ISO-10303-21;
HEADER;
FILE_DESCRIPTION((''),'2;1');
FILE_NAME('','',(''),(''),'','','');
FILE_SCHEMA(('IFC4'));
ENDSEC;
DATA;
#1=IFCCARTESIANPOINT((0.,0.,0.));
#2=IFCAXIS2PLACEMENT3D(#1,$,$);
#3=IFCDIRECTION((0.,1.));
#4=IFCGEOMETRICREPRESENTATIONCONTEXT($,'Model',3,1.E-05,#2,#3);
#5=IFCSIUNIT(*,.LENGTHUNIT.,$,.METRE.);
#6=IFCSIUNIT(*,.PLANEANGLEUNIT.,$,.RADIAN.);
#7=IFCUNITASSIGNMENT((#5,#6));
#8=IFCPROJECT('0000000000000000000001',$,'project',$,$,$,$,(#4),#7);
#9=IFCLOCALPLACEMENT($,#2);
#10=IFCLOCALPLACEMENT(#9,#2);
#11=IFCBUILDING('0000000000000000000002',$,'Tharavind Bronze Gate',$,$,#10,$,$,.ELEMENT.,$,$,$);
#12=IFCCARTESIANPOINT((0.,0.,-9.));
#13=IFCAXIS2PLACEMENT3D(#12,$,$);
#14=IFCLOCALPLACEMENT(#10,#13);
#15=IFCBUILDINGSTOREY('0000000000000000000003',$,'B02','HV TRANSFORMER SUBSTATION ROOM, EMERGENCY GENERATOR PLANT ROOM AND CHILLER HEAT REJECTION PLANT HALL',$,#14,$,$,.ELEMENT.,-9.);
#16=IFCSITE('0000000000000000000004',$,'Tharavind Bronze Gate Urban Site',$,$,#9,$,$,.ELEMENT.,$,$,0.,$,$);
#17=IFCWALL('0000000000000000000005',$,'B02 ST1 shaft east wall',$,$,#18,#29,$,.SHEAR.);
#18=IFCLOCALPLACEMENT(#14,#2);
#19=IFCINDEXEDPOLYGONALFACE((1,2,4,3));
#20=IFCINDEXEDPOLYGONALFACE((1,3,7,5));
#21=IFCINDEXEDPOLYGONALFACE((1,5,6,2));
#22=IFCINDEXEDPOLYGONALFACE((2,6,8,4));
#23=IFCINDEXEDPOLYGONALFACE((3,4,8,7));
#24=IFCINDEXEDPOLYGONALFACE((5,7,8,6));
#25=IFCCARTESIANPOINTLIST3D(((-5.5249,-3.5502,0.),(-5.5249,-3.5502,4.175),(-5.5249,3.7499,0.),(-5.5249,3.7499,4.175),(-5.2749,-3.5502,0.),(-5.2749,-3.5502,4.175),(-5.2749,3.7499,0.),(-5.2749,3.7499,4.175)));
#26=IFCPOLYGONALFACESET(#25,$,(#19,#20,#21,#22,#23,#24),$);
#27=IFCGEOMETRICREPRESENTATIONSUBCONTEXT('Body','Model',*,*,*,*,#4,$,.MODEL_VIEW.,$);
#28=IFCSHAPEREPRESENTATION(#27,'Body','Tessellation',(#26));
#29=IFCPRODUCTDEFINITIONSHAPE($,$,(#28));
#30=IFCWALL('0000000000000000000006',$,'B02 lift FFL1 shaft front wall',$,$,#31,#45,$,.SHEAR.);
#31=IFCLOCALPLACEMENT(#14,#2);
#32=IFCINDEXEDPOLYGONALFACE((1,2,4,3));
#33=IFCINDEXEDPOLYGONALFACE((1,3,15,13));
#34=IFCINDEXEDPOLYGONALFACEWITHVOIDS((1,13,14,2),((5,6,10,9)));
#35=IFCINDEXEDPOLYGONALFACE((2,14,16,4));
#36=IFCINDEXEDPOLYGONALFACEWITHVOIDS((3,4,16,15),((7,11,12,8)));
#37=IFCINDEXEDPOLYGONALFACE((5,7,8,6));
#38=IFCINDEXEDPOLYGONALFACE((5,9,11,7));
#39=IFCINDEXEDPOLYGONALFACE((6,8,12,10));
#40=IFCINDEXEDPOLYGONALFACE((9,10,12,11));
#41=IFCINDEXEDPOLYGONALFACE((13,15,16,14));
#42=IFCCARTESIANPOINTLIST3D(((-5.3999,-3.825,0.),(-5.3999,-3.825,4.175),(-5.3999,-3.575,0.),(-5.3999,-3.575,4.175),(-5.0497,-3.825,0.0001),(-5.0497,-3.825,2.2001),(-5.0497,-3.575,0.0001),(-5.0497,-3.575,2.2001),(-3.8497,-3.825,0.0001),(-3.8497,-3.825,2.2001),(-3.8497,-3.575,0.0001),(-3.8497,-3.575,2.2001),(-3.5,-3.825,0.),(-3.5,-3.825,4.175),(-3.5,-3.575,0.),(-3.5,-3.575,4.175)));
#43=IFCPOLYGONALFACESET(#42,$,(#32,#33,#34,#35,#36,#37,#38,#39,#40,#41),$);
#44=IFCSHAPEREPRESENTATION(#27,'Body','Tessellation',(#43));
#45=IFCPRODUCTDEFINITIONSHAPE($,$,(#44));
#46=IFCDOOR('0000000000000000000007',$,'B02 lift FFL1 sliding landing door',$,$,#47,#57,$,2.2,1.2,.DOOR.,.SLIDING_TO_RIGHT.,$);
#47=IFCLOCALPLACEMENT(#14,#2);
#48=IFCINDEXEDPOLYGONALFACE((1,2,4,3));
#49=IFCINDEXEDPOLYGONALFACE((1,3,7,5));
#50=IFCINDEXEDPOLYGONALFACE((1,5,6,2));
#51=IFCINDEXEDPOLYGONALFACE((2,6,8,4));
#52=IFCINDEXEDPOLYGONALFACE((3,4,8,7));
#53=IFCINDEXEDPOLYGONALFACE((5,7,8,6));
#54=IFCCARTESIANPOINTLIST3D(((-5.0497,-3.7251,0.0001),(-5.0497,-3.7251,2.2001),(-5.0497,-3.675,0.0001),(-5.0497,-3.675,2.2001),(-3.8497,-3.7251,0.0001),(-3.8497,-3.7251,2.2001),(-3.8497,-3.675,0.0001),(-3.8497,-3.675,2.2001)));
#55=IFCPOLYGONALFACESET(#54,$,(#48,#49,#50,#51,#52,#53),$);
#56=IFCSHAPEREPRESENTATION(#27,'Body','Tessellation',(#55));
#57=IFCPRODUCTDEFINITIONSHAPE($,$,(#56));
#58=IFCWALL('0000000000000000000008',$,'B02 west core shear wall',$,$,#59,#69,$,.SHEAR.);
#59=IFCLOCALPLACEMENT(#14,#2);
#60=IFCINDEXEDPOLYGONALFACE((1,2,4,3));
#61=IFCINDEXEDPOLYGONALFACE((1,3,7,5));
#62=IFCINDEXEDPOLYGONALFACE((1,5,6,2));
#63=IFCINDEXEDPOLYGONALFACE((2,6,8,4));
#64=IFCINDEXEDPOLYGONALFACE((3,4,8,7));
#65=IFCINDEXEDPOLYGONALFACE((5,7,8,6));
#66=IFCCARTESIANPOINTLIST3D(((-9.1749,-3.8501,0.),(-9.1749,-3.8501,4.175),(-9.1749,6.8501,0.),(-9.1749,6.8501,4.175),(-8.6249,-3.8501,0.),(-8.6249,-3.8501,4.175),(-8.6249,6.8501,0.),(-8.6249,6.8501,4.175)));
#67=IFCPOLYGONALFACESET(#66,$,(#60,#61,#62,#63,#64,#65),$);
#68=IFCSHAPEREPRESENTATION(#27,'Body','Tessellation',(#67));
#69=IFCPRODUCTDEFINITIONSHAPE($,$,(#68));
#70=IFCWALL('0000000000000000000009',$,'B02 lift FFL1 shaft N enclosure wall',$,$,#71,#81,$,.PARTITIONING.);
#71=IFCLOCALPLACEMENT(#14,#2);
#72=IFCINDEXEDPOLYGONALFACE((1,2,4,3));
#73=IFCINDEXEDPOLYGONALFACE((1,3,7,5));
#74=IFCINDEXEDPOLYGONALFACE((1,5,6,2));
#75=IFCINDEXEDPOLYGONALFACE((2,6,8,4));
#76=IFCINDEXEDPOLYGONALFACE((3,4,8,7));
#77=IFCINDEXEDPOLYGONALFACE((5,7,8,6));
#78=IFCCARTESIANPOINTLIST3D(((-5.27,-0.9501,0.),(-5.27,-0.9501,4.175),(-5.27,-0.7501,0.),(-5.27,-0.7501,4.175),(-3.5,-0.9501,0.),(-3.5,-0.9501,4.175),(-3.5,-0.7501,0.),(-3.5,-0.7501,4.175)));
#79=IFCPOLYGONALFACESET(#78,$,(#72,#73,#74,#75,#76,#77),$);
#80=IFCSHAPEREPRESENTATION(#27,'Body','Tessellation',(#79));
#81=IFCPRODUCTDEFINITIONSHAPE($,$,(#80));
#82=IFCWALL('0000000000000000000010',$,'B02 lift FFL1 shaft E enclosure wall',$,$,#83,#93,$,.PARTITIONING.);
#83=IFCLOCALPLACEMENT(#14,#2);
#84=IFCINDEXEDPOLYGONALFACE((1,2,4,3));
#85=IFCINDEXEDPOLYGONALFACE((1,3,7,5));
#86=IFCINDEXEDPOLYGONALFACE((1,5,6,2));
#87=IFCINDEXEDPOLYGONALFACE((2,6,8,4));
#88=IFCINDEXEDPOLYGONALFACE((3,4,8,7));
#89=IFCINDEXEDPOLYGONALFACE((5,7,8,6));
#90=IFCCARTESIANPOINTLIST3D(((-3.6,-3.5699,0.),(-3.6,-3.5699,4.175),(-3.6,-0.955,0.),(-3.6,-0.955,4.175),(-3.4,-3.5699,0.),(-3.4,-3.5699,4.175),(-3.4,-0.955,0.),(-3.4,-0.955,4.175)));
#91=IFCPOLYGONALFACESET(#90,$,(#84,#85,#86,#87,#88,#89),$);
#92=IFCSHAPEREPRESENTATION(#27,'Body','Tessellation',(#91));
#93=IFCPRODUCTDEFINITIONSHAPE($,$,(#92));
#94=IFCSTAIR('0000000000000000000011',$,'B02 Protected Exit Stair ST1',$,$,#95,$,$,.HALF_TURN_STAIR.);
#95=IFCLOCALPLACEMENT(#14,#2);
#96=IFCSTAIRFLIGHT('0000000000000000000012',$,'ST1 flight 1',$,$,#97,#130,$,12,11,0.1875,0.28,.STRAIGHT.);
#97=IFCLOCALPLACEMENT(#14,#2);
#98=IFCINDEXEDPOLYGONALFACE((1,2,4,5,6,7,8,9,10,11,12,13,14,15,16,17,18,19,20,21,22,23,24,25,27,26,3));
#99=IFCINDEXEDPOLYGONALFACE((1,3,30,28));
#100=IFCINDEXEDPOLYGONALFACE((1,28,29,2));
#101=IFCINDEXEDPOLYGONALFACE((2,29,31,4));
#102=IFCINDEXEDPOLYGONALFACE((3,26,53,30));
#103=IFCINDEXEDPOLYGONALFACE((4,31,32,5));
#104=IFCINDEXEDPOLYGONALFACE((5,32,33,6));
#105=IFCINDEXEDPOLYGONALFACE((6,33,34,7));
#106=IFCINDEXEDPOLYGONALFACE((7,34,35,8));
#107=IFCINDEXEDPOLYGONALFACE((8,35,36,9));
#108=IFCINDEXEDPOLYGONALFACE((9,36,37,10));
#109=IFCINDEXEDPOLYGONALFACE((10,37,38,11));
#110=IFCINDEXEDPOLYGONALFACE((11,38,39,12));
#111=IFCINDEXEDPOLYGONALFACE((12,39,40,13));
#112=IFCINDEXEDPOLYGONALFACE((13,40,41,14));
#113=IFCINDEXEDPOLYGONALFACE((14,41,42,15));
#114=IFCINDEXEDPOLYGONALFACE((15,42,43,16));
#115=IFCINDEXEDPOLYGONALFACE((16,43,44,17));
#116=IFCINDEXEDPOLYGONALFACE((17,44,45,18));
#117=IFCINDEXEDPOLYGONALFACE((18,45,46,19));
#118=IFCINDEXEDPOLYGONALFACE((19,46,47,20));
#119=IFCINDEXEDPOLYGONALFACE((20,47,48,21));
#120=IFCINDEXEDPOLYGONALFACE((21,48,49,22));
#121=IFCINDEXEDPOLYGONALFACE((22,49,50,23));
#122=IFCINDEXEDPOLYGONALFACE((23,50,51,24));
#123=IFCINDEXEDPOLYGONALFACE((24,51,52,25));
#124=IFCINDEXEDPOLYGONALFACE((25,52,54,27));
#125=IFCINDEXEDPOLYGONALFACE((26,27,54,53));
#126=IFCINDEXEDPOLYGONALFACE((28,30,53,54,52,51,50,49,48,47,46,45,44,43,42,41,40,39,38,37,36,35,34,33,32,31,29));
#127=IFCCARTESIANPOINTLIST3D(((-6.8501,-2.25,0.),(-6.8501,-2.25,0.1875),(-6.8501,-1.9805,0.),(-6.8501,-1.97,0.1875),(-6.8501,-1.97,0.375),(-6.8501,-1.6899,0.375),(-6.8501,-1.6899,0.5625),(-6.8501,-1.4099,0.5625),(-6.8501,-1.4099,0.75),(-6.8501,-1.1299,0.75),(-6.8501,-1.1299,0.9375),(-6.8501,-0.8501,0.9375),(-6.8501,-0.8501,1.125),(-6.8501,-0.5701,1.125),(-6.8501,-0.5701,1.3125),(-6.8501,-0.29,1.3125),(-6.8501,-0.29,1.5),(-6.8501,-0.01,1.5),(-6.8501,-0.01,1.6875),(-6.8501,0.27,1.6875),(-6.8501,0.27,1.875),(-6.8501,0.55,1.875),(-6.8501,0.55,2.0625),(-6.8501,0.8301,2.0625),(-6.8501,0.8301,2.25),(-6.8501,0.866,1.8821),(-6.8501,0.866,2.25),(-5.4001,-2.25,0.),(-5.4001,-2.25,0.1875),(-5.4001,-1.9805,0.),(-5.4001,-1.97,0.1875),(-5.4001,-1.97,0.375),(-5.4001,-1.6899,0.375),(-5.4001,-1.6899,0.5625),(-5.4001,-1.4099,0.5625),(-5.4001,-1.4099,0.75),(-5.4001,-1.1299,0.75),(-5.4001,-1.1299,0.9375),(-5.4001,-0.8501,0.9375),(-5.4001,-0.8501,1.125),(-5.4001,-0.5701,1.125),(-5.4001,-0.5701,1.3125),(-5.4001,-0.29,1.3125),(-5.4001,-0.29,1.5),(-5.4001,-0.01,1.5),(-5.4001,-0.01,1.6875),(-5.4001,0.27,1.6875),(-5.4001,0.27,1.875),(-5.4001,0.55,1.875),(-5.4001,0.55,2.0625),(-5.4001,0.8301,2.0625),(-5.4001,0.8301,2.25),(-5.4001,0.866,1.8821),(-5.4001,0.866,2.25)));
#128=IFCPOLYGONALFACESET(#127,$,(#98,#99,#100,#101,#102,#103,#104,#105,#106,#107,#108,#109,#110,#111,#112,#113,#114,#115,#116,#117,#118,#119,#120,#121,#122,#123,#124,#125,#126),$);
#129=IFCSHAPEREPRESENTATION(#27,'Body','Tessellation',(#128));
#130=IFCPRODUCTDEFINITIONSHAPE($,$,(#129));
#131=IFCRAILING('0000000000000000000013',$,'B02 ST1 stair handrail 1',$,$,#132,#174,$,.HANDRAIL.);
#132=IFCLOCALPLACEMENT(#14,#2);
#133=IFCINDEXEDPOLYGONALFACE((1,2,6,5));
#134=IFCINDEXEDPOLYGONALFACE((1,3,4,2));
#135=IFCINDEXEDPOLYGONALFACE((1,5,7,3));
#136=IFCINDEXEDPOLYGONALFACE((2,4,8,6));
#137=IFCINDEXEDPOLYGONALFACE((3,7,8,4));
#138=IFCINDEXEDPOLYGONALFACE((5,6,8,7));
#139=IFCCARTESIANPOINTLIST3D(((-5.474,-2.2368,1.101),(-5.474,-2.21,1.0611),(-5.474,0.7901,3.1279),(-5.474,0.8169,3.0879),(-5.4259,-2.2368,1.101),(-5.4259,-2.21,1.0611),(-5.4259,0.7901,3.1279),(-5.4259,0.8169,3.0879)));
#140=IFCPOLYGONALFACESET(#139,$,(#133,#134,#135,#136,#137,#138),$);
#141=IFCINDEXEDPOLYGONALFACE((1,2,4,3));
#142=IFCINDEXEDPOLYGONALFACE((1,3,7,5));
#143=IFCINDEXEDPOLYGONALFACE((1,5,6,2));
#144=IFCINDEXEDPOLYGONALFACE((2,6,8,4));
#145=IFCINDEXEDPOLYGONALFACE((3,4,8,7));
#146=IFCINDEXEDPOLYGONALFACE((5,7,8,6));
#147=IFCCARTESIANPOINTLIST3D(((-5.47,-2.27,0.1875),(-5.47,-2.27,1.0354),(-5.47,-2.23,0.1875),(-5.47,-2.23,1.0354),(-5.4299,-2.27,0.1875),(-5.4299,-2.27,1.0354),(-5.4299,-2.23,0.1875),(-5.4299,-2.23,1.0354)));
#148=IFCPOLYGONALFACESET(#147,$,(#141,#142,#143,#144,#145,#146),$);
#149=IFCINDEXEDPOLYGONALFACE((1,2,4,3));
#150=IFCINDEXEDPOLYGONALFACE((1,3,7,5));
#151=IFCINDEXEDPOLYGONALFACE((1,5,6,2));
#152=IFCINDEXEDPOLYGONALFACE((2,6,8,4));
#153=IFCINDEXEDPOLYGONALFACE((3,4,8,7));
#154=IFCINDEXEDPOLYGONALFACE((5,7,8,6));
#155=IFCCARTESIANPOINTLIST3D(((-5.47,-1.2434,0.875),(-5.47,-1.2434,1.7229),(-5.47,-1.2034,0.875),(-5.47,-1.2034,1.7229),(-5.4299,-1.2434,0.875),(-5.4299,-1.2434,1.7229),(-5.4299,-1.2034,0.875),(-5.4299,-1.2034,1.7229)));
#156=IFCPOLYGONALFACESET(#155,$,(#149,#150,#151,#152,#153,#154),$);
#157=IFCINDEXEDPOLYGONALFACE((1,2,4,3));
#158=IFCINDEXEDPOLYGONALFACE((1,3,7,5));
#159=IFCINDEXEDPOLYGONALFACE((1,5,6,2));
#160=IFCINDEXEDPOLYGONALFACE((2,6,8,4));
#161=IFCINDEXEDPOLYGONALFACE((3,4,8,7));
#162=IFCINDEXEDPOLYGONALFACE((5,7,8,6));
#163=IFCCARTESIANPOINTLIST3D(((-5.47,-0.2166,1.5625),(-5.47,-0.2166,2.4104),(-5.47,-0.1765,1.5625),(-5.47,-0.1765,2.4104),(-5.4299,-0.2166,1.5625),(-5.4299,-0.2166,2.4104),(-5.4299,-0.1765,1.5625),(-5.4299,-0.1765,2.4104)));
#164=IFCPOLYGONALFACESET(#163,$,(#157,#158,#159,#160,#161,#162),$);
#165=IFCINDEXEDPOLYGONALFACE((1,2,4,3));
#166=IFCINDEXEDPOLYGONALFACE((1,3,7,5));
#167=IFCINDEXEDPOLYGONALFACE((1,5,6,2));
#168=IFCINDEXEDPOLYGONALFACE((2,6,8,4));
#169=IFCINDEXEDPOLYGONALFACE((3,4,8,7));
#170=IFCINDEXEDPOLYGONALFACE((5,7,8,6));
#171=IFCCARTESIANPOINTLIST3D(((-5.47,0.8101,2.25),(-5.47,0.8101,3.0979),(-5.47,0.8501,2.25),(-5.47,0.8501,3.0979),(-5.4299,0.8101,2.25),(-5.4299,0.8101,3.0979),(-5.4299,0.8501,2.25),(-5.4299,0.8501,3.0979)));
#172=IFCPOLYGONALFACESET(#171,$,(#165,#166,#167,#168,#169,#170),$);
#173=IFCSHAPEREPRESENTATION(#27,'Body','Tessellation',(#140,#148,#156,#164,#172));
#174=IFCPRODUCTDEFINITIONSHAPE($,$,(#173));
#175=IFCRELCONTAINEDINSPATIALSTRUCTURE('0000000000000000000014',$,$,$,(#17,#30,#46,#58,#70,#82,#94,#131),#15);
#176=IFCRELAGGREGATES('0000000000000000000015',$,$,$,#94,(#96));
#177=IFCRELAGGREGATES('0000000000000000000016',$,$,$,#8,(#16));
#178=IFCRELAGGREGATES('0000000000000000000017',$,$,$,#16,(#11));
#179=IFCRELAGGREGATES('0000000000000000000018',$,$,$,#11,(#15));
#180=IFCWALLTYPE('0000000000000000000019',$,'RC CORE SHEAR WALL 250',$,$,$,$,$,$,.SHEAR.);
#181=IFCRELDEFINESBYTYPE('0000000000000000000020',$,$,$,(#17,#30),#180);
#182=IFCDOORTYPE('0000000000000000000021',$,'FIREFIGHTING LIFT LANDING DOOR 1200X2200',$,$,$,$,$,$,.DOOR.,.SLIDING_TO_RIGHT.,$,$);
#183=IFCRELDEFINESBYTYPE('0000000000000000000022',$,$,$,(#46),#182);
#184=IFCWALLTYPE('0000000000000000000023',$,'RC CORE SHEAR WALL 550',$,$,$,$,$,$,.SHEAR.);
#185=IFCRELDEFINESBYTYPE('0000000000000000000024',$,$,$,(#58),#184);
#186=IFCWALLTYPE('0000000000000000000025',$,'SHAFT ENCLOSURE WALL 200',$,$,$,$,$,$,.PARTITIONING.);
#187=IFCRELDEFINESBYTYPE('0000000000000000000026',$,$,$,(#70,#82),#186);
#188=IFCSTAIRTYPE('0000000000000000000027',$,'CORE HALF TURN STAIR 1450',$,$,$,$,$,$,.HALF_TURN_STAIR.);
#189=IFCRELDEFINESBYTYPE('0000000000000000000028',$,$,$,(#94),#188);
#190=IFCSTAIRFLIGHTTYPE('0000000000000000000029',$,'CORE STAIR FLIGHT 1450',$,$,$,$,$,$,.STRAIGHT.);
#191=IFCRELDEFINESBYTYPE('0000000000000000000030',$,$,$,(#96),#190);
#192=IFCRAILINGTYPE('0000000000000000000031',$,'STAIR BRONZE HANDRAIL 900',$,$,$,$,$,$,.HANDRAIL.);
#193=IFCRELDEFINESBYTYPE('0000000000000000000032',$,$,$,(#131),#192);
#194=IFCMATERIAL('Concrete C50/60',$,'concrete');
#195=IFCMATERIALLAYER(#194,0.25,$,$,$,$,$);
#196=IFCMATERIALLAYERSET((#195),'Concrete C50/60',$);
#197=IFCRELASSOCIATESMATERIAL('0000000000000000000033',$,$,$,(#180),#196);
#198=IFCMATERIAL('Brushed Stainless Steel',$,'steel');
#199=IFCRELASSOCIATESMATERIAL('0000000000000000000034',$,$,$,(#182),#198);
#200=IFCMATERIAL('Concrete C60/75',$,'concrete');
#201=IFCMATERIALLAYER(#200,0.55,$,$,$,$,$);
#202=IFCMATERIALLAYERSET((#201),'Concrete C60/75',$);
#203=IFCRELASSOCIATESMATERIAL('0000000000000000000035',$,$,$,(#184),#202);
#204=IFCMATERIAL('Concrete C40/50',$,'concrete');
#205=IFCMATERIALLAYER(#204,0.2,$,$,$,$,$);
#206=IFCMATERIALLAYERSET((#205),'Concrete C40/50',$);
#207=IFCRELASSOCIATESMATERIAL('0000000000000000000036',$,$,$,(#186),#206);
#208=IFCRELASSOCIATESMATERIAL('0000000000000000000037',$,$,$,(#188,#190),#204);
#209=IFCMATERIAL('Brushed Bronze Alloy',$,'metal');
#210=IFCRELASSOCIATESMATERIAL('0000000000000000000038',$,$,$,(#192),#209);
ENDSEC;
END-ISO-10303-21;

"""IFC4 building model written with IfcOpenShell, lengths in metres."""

from ifc_helpers import new_model, si_unit, direction, frame, frame_2d, origin, origin_2d, place, context, subcontext, project, spatial, polyline, rectangle, outline, extrude, material, layer, layer_set, type_object, element, fill, aggregate, save


model = new_model("IFC4")

# Units and contexts
model_context = context("Model", 3, precision=1e-05, world=origin(), true_north=direction((0.0, 1.0)))
body_context = subcontext(model_context, "Body", "Model", "MODEL_VIEW")
ifc_project = project(units=[si_unit("LENGTHUNIT", "METRE"), si_unit("PLANEANGLEUNIT", "RADIAN")], contexts=[model_context])

# Site, building, storey
site_placement = place(None, origin())
site = spatial("IfcSite", under=ifc_project, at=site_placement, Name="Tharavind Bronze Gate Urban Site", CompositionType="ELEMENT", RefElevation=0.0)
building_placement = place(site_placement, origin())
building = spatial("IfcBuilding", under=site, at=building_placement, Name="Tharavind Bronze Gate", CompositionType="ELEMENT")
storey_placement = place(building_placement, frame((0.0, 0.0, -9.0)))
storey = spatial("IfcBuildingStorey", under=building, at=storey_placement, Name="B02", Description="HV TRANSFORMER SUBSTATION ROOM, EMERGENCY GENERATOR PLANT ROOM AND CHILLER HEAT REJECTION PLANT HALL", CompositionType="ELEMENT", Elevation=-9.0)

# Shared definitions
ifc_material_1 = material(Name="Concrete C50/60", Category="concrete")

# Shared definitions
ifc_material_2 = material(Name="Concrete C60/75", Category="concrete")

# Wall
ifc_layer_1 = layer(ifc_material_1, 0.25)
ifc_layer_set_1 = layer_set([ifc_layer_1], Name="Concrete C50/60")
wall_type_1 = type_object("IfcWallType", Name="RC CORE SHEAR WALL 250", PredefinedType="SHEAR", material=ifc_layer_set_1)
wall_1_placement = place(storey_placement, frame((-5.3999, -3.55, 0.0), z_axis=(0.0, 0.0, 1.0), x_axis=(0.0, 1.0, 0.0)))
element("IfcWall", 1, at=wall_1_placement, inside=storey, type_object=wall_type_1, Name="B02 ST1 shaft east wall", PredefinedType="SHEAR", context=body_context, shape_type="SweptSolid", body=[
    extrude(rectangle(XDim=7.3, YDim=0.25, at=frame_2d((3.6499, 0.0))), origin(), (0.0, 0.0, 1.0), 4.175),
])

# Wall, opening, door
wall_2_placement = place(storey_placement, frame((-5.3999, -3.7, 0.0), z_axis=(0.0, 0.0, 1.0), x_axis=(1.0, 0.0, 0.0)))
wall_2 = element("IfcWall", 2, at=wall_2_placement, inside=storey, type_object=wall_type_1, Name="B02 lift FFL1 shaft front wall", PredefinedType="SHEAR", context=body_context, shape_type="SweptSolid", body=[
    extrude(rectangle(XDim=1.8999, YDim=0.25, at=frame_2d((0.95, 0.0))), origin(), (0.0, 0.0, 1.0), 4.175),
])
opening_1_placement = place(wall_2_placement, frame((0.3501, 0.0, 0.0)))
opening_1 = element("IfcOpeningElement", 3, at=opening_1_placement, cuts=wall_2, PredefinedType="OPENING", context=body_context, shape_type="SweptSolid", body=[
    extrude(rectangle(XDim=1.2, YDim=2.2, at=frame_2d((0.6001, 1.1001))), frame((0.0, 0.135, 0.0), z_axis=(0.0, -1.0, 0.0), x_axis=(1.0, 0.0, 0.0)), (0.0, 0.0, 1.0), 0.27),
])
ifc_material_3 = material(Name="Brushed Stainless Steel", Category="steel")
door_type_1 = type_object("IfcDoorType", Name="FIREFIGHTING LIFT LANDING DOOR 1200X2200", OperationType="SLIDING_TO_RIGHT", PredefinedType="DOOR", material=ifc_material_3)
door_1_placement = place(opening_1_placement, origin())
door_1 = element("IfcDoor", 4, at=door_1_placement, inside=storey, type_object=door_type_1, Name="B02 lift FFL1 sliding landing door", OperationType="SLIDING_TO_RIGHT", OverallHeight=2.2, OverallWidth=1.2, PredefinedType="DOOR", context=body_context, shape_type="SweptSolid", body=[
    extrude(rectangle(XDim=1.2, YDim=2.2, at=frame_2d((0.6001, 1.1001))), frame((0.0, 0.0249, 0.0), z_axis=(0.0, -1.0, 0.0), x_axis=(1.0, 0.0, 0.0)), (0.0, 0.0, 1.0), 0.05),
])
fill(opening_1, door_1)

# Walls
ifc_layer_2 = layer(ifc_material_2, 0.55)
ifc_layer_set_2 = layer_set([ifc_layer_2], Name="Concrete C60/75")
wall_type_2 = type_object("IfcWallType", Name="RC CORE SHEAR WALL 550", PredefinedType="SHEAR", material=ifc_layer_set_2)
wall_3_placement = place(storey_placement, frame((-8.8999, -3.8501, 0.0), z_axis=(0.0, 0.0, 1.0), x_axis=(0.0, 1.0, 0.0)))
element("IfcWall", 5, at=wall_3_placement, inside=storey, type_object=wall_type_2, Name="B02 west core shear wall", PredefinedType="SHEAR", context=body_context, shape_type="SweptSolid", body=[
    extrude(rectangle(XDim=10.7002, YDim=0.55, at=frame_2d((5.3501, 0.0))), origin(), (0.0, 0.0, 1.0), 4.175),
])
ifc_material_4 = material(Name="Concrete C40/50", Category="concrete")
ifc_layer_3 = layer(ifc_material_4, 0.2)
ifc_layer_set_3 = layer_set([ifc_layer_3], Name="Concrete C40/50")
wall_type_3 = type_object("IfcWallType", Name="SHAFT ENCLOSURE WALL 200", PredefinedType="PARTITIONING", material=ifc_layer_set_3)
wall_4_placement = place(storey_placement, frame((-5.27, -0.8501, 0.0), z_axis=(0.0, 0.0, 1.0), x_axis=(1.0, 0.0, 0.0)))
element("IfcWall", 6, at=wall_4_placement, inside=storey, type_object=wall_type_3, Name="B02 lift FFL1 shaft N enclosure wall", PredefinedType="PARTITIONING", context=body_context, shape_type="SweptSolid", body=[
    extrude(rectangle(XDim=1.77, YDim=0.2, at=frame_2d((0.885, 0.0))), origin(), (0.0, 0.0, 1.0), 4.175),
])
wall_5_placement = place(storey_placement, frame((-3.5, -3.5701, 0.0), z_axis=(0.0, 0.0, 1.0), x_axis=(0.0, 1.0, 0.0)))
element("IfcWall", 7, at=wall_5_placement, inside=storey, type_object=wall_type_3, Name="B02 lift FFL1 shaft E enclosure wall", PredefinedType="PARTITIONING", context=body_context, shape_type="SweptSolid", body=[
    extrude(rectangle(XDim=2.615, YDim=0.2, at=frame_2d((1.3076, 0.0))), origin(), (0.0, 0.0, 1.0), 4.175),
])

# Stair, stair flight
stair_type = type_object("IfcStairType", Name="CORE HALF TURN STAIR 1450", PredefinedType="HALF_TURN_STAIR", material=ifc_material_4)
stair_placement = place(storey_placement, origin())
stair = element("IfcStair", 8, at=stair_placement, inside=storey, type_object=stair_type, Name="B02 Protected Exit Stair ST1", PredefinedType="HALF_TURN_STAIR")
stair_flight_type = type_object("IfcStairFlightType", Name="CORE STAIR FLIGHT 1450", PredefinedType="STRAIGHT", material=ifc_material_4)
stair_flight_placement = place(storey_placement, frame((-6.125, -2.25, 0.0), z_axis=(0.0, 0.0, 1.0), x_axis=(0.0, 1.0, 0.0)))
stair_flight = element("IfcStairFlight", 9, at=stair_flight_placement, type_object=stair_flight_type, Name="ST1 flight 1", NumberOfRisers=12, NumberOfTreads=11, PredefinedType="STRAIGHT", RiserHeight=0.1875, TreadLength=0.28, context=body_context, shape_type="SweptSolid", body=[
    extrude(outline(polyline([(0.0, 0.0), (0.0, 0.1875), (0.28, 0.1875), (0.28, 0.375), (0.5601, 0.375), (0.5601, 0.5625), (0.8401, 0.5625), (0.8401, 0.75), (1.1201, 0.75), (1.1201, 0.9375), (1.3999, 0.9375), (1.3999, 1.125), (1.6799, 1.125), (1.6799, 1.3125), (1.96, 1.3125), (1.96, 1.5), (2.24, 1.5), (2.24, 1.6875), (2.52, 1.6875), (2.52, 1.875), (2.8, 1.875), (2.8, 2.0625), (3.0801, 2.0625), (3.0801, 2.25), (3.116, 2.25), (3.116, 1.8821), (0.2695, 0.0), (0.0, 0.0)])), frame((0.0, 0.7251, 0.0), z_axis=(0.0, -1.0, 0.0), x_axis=(1.0, 0.0, 0.0)), (0.0, 0.0, 1.0), 1.45),
])
aggregate(stair, [stair_flight])

# Railing
ifc_material_5 = material(Name="Brushed Bronze Alloy", Category="metal")
railing_type_1 = type_object("IfcRailingType", Name="STAIR BRONZE HANDRAIL 900", PredefinedType="HANDRAIL", material=ifc_material_5)
railing_1_placement = place(storey_placement, frame((-5.45, -2.25, 0.1875)))
element("IfcRailing", 10, at=railing_1_placement, inside=storey, type_object=railing_type_1, Name="B02 ST1 stair handrail 1", PredefinedType="HANDRAIL", context=body_context, shape_type="SweptSolid", body=[
    extrude(rectangle(XDim=0.0481, YDim=0.0481, at=origin_2d()), frame((0.0, 0.0266, 0.8936), z_axis=(0.0, 0.830914, 0.556401), x_axis=(-1.0, 0.0, 0.0)), (0.0, 0.0, 1.0), 3.6428),
    extrude(rectangle(XDim=0.04, YDim=0.04, at=origin_2d()), origin(), (0.0, 0.0, 1.0), 0.8479),
    extrude(rectangle(XDim=0.04, YDim=0.04, at=origin_2d()), frame((0.0, 1.0266, 0.6875)), (0.0, 0.0, 1.0), 0.8479),
    extrude(rectangle(XDim=0.04, YDim=0.04, at=origin_2d()), frame((0.0, 2.0535, 1.375)), (0.0, 0.0, 1.0), 0.8479),
    extrude(rectangle(XDim=0.04, YDim=0.04, at=origin_2d()), frame((0.0, 3.0801, 2.0625)), (0.0, 0.0, 1.0), 0.8479),
])

save(model, "model.ifc")
